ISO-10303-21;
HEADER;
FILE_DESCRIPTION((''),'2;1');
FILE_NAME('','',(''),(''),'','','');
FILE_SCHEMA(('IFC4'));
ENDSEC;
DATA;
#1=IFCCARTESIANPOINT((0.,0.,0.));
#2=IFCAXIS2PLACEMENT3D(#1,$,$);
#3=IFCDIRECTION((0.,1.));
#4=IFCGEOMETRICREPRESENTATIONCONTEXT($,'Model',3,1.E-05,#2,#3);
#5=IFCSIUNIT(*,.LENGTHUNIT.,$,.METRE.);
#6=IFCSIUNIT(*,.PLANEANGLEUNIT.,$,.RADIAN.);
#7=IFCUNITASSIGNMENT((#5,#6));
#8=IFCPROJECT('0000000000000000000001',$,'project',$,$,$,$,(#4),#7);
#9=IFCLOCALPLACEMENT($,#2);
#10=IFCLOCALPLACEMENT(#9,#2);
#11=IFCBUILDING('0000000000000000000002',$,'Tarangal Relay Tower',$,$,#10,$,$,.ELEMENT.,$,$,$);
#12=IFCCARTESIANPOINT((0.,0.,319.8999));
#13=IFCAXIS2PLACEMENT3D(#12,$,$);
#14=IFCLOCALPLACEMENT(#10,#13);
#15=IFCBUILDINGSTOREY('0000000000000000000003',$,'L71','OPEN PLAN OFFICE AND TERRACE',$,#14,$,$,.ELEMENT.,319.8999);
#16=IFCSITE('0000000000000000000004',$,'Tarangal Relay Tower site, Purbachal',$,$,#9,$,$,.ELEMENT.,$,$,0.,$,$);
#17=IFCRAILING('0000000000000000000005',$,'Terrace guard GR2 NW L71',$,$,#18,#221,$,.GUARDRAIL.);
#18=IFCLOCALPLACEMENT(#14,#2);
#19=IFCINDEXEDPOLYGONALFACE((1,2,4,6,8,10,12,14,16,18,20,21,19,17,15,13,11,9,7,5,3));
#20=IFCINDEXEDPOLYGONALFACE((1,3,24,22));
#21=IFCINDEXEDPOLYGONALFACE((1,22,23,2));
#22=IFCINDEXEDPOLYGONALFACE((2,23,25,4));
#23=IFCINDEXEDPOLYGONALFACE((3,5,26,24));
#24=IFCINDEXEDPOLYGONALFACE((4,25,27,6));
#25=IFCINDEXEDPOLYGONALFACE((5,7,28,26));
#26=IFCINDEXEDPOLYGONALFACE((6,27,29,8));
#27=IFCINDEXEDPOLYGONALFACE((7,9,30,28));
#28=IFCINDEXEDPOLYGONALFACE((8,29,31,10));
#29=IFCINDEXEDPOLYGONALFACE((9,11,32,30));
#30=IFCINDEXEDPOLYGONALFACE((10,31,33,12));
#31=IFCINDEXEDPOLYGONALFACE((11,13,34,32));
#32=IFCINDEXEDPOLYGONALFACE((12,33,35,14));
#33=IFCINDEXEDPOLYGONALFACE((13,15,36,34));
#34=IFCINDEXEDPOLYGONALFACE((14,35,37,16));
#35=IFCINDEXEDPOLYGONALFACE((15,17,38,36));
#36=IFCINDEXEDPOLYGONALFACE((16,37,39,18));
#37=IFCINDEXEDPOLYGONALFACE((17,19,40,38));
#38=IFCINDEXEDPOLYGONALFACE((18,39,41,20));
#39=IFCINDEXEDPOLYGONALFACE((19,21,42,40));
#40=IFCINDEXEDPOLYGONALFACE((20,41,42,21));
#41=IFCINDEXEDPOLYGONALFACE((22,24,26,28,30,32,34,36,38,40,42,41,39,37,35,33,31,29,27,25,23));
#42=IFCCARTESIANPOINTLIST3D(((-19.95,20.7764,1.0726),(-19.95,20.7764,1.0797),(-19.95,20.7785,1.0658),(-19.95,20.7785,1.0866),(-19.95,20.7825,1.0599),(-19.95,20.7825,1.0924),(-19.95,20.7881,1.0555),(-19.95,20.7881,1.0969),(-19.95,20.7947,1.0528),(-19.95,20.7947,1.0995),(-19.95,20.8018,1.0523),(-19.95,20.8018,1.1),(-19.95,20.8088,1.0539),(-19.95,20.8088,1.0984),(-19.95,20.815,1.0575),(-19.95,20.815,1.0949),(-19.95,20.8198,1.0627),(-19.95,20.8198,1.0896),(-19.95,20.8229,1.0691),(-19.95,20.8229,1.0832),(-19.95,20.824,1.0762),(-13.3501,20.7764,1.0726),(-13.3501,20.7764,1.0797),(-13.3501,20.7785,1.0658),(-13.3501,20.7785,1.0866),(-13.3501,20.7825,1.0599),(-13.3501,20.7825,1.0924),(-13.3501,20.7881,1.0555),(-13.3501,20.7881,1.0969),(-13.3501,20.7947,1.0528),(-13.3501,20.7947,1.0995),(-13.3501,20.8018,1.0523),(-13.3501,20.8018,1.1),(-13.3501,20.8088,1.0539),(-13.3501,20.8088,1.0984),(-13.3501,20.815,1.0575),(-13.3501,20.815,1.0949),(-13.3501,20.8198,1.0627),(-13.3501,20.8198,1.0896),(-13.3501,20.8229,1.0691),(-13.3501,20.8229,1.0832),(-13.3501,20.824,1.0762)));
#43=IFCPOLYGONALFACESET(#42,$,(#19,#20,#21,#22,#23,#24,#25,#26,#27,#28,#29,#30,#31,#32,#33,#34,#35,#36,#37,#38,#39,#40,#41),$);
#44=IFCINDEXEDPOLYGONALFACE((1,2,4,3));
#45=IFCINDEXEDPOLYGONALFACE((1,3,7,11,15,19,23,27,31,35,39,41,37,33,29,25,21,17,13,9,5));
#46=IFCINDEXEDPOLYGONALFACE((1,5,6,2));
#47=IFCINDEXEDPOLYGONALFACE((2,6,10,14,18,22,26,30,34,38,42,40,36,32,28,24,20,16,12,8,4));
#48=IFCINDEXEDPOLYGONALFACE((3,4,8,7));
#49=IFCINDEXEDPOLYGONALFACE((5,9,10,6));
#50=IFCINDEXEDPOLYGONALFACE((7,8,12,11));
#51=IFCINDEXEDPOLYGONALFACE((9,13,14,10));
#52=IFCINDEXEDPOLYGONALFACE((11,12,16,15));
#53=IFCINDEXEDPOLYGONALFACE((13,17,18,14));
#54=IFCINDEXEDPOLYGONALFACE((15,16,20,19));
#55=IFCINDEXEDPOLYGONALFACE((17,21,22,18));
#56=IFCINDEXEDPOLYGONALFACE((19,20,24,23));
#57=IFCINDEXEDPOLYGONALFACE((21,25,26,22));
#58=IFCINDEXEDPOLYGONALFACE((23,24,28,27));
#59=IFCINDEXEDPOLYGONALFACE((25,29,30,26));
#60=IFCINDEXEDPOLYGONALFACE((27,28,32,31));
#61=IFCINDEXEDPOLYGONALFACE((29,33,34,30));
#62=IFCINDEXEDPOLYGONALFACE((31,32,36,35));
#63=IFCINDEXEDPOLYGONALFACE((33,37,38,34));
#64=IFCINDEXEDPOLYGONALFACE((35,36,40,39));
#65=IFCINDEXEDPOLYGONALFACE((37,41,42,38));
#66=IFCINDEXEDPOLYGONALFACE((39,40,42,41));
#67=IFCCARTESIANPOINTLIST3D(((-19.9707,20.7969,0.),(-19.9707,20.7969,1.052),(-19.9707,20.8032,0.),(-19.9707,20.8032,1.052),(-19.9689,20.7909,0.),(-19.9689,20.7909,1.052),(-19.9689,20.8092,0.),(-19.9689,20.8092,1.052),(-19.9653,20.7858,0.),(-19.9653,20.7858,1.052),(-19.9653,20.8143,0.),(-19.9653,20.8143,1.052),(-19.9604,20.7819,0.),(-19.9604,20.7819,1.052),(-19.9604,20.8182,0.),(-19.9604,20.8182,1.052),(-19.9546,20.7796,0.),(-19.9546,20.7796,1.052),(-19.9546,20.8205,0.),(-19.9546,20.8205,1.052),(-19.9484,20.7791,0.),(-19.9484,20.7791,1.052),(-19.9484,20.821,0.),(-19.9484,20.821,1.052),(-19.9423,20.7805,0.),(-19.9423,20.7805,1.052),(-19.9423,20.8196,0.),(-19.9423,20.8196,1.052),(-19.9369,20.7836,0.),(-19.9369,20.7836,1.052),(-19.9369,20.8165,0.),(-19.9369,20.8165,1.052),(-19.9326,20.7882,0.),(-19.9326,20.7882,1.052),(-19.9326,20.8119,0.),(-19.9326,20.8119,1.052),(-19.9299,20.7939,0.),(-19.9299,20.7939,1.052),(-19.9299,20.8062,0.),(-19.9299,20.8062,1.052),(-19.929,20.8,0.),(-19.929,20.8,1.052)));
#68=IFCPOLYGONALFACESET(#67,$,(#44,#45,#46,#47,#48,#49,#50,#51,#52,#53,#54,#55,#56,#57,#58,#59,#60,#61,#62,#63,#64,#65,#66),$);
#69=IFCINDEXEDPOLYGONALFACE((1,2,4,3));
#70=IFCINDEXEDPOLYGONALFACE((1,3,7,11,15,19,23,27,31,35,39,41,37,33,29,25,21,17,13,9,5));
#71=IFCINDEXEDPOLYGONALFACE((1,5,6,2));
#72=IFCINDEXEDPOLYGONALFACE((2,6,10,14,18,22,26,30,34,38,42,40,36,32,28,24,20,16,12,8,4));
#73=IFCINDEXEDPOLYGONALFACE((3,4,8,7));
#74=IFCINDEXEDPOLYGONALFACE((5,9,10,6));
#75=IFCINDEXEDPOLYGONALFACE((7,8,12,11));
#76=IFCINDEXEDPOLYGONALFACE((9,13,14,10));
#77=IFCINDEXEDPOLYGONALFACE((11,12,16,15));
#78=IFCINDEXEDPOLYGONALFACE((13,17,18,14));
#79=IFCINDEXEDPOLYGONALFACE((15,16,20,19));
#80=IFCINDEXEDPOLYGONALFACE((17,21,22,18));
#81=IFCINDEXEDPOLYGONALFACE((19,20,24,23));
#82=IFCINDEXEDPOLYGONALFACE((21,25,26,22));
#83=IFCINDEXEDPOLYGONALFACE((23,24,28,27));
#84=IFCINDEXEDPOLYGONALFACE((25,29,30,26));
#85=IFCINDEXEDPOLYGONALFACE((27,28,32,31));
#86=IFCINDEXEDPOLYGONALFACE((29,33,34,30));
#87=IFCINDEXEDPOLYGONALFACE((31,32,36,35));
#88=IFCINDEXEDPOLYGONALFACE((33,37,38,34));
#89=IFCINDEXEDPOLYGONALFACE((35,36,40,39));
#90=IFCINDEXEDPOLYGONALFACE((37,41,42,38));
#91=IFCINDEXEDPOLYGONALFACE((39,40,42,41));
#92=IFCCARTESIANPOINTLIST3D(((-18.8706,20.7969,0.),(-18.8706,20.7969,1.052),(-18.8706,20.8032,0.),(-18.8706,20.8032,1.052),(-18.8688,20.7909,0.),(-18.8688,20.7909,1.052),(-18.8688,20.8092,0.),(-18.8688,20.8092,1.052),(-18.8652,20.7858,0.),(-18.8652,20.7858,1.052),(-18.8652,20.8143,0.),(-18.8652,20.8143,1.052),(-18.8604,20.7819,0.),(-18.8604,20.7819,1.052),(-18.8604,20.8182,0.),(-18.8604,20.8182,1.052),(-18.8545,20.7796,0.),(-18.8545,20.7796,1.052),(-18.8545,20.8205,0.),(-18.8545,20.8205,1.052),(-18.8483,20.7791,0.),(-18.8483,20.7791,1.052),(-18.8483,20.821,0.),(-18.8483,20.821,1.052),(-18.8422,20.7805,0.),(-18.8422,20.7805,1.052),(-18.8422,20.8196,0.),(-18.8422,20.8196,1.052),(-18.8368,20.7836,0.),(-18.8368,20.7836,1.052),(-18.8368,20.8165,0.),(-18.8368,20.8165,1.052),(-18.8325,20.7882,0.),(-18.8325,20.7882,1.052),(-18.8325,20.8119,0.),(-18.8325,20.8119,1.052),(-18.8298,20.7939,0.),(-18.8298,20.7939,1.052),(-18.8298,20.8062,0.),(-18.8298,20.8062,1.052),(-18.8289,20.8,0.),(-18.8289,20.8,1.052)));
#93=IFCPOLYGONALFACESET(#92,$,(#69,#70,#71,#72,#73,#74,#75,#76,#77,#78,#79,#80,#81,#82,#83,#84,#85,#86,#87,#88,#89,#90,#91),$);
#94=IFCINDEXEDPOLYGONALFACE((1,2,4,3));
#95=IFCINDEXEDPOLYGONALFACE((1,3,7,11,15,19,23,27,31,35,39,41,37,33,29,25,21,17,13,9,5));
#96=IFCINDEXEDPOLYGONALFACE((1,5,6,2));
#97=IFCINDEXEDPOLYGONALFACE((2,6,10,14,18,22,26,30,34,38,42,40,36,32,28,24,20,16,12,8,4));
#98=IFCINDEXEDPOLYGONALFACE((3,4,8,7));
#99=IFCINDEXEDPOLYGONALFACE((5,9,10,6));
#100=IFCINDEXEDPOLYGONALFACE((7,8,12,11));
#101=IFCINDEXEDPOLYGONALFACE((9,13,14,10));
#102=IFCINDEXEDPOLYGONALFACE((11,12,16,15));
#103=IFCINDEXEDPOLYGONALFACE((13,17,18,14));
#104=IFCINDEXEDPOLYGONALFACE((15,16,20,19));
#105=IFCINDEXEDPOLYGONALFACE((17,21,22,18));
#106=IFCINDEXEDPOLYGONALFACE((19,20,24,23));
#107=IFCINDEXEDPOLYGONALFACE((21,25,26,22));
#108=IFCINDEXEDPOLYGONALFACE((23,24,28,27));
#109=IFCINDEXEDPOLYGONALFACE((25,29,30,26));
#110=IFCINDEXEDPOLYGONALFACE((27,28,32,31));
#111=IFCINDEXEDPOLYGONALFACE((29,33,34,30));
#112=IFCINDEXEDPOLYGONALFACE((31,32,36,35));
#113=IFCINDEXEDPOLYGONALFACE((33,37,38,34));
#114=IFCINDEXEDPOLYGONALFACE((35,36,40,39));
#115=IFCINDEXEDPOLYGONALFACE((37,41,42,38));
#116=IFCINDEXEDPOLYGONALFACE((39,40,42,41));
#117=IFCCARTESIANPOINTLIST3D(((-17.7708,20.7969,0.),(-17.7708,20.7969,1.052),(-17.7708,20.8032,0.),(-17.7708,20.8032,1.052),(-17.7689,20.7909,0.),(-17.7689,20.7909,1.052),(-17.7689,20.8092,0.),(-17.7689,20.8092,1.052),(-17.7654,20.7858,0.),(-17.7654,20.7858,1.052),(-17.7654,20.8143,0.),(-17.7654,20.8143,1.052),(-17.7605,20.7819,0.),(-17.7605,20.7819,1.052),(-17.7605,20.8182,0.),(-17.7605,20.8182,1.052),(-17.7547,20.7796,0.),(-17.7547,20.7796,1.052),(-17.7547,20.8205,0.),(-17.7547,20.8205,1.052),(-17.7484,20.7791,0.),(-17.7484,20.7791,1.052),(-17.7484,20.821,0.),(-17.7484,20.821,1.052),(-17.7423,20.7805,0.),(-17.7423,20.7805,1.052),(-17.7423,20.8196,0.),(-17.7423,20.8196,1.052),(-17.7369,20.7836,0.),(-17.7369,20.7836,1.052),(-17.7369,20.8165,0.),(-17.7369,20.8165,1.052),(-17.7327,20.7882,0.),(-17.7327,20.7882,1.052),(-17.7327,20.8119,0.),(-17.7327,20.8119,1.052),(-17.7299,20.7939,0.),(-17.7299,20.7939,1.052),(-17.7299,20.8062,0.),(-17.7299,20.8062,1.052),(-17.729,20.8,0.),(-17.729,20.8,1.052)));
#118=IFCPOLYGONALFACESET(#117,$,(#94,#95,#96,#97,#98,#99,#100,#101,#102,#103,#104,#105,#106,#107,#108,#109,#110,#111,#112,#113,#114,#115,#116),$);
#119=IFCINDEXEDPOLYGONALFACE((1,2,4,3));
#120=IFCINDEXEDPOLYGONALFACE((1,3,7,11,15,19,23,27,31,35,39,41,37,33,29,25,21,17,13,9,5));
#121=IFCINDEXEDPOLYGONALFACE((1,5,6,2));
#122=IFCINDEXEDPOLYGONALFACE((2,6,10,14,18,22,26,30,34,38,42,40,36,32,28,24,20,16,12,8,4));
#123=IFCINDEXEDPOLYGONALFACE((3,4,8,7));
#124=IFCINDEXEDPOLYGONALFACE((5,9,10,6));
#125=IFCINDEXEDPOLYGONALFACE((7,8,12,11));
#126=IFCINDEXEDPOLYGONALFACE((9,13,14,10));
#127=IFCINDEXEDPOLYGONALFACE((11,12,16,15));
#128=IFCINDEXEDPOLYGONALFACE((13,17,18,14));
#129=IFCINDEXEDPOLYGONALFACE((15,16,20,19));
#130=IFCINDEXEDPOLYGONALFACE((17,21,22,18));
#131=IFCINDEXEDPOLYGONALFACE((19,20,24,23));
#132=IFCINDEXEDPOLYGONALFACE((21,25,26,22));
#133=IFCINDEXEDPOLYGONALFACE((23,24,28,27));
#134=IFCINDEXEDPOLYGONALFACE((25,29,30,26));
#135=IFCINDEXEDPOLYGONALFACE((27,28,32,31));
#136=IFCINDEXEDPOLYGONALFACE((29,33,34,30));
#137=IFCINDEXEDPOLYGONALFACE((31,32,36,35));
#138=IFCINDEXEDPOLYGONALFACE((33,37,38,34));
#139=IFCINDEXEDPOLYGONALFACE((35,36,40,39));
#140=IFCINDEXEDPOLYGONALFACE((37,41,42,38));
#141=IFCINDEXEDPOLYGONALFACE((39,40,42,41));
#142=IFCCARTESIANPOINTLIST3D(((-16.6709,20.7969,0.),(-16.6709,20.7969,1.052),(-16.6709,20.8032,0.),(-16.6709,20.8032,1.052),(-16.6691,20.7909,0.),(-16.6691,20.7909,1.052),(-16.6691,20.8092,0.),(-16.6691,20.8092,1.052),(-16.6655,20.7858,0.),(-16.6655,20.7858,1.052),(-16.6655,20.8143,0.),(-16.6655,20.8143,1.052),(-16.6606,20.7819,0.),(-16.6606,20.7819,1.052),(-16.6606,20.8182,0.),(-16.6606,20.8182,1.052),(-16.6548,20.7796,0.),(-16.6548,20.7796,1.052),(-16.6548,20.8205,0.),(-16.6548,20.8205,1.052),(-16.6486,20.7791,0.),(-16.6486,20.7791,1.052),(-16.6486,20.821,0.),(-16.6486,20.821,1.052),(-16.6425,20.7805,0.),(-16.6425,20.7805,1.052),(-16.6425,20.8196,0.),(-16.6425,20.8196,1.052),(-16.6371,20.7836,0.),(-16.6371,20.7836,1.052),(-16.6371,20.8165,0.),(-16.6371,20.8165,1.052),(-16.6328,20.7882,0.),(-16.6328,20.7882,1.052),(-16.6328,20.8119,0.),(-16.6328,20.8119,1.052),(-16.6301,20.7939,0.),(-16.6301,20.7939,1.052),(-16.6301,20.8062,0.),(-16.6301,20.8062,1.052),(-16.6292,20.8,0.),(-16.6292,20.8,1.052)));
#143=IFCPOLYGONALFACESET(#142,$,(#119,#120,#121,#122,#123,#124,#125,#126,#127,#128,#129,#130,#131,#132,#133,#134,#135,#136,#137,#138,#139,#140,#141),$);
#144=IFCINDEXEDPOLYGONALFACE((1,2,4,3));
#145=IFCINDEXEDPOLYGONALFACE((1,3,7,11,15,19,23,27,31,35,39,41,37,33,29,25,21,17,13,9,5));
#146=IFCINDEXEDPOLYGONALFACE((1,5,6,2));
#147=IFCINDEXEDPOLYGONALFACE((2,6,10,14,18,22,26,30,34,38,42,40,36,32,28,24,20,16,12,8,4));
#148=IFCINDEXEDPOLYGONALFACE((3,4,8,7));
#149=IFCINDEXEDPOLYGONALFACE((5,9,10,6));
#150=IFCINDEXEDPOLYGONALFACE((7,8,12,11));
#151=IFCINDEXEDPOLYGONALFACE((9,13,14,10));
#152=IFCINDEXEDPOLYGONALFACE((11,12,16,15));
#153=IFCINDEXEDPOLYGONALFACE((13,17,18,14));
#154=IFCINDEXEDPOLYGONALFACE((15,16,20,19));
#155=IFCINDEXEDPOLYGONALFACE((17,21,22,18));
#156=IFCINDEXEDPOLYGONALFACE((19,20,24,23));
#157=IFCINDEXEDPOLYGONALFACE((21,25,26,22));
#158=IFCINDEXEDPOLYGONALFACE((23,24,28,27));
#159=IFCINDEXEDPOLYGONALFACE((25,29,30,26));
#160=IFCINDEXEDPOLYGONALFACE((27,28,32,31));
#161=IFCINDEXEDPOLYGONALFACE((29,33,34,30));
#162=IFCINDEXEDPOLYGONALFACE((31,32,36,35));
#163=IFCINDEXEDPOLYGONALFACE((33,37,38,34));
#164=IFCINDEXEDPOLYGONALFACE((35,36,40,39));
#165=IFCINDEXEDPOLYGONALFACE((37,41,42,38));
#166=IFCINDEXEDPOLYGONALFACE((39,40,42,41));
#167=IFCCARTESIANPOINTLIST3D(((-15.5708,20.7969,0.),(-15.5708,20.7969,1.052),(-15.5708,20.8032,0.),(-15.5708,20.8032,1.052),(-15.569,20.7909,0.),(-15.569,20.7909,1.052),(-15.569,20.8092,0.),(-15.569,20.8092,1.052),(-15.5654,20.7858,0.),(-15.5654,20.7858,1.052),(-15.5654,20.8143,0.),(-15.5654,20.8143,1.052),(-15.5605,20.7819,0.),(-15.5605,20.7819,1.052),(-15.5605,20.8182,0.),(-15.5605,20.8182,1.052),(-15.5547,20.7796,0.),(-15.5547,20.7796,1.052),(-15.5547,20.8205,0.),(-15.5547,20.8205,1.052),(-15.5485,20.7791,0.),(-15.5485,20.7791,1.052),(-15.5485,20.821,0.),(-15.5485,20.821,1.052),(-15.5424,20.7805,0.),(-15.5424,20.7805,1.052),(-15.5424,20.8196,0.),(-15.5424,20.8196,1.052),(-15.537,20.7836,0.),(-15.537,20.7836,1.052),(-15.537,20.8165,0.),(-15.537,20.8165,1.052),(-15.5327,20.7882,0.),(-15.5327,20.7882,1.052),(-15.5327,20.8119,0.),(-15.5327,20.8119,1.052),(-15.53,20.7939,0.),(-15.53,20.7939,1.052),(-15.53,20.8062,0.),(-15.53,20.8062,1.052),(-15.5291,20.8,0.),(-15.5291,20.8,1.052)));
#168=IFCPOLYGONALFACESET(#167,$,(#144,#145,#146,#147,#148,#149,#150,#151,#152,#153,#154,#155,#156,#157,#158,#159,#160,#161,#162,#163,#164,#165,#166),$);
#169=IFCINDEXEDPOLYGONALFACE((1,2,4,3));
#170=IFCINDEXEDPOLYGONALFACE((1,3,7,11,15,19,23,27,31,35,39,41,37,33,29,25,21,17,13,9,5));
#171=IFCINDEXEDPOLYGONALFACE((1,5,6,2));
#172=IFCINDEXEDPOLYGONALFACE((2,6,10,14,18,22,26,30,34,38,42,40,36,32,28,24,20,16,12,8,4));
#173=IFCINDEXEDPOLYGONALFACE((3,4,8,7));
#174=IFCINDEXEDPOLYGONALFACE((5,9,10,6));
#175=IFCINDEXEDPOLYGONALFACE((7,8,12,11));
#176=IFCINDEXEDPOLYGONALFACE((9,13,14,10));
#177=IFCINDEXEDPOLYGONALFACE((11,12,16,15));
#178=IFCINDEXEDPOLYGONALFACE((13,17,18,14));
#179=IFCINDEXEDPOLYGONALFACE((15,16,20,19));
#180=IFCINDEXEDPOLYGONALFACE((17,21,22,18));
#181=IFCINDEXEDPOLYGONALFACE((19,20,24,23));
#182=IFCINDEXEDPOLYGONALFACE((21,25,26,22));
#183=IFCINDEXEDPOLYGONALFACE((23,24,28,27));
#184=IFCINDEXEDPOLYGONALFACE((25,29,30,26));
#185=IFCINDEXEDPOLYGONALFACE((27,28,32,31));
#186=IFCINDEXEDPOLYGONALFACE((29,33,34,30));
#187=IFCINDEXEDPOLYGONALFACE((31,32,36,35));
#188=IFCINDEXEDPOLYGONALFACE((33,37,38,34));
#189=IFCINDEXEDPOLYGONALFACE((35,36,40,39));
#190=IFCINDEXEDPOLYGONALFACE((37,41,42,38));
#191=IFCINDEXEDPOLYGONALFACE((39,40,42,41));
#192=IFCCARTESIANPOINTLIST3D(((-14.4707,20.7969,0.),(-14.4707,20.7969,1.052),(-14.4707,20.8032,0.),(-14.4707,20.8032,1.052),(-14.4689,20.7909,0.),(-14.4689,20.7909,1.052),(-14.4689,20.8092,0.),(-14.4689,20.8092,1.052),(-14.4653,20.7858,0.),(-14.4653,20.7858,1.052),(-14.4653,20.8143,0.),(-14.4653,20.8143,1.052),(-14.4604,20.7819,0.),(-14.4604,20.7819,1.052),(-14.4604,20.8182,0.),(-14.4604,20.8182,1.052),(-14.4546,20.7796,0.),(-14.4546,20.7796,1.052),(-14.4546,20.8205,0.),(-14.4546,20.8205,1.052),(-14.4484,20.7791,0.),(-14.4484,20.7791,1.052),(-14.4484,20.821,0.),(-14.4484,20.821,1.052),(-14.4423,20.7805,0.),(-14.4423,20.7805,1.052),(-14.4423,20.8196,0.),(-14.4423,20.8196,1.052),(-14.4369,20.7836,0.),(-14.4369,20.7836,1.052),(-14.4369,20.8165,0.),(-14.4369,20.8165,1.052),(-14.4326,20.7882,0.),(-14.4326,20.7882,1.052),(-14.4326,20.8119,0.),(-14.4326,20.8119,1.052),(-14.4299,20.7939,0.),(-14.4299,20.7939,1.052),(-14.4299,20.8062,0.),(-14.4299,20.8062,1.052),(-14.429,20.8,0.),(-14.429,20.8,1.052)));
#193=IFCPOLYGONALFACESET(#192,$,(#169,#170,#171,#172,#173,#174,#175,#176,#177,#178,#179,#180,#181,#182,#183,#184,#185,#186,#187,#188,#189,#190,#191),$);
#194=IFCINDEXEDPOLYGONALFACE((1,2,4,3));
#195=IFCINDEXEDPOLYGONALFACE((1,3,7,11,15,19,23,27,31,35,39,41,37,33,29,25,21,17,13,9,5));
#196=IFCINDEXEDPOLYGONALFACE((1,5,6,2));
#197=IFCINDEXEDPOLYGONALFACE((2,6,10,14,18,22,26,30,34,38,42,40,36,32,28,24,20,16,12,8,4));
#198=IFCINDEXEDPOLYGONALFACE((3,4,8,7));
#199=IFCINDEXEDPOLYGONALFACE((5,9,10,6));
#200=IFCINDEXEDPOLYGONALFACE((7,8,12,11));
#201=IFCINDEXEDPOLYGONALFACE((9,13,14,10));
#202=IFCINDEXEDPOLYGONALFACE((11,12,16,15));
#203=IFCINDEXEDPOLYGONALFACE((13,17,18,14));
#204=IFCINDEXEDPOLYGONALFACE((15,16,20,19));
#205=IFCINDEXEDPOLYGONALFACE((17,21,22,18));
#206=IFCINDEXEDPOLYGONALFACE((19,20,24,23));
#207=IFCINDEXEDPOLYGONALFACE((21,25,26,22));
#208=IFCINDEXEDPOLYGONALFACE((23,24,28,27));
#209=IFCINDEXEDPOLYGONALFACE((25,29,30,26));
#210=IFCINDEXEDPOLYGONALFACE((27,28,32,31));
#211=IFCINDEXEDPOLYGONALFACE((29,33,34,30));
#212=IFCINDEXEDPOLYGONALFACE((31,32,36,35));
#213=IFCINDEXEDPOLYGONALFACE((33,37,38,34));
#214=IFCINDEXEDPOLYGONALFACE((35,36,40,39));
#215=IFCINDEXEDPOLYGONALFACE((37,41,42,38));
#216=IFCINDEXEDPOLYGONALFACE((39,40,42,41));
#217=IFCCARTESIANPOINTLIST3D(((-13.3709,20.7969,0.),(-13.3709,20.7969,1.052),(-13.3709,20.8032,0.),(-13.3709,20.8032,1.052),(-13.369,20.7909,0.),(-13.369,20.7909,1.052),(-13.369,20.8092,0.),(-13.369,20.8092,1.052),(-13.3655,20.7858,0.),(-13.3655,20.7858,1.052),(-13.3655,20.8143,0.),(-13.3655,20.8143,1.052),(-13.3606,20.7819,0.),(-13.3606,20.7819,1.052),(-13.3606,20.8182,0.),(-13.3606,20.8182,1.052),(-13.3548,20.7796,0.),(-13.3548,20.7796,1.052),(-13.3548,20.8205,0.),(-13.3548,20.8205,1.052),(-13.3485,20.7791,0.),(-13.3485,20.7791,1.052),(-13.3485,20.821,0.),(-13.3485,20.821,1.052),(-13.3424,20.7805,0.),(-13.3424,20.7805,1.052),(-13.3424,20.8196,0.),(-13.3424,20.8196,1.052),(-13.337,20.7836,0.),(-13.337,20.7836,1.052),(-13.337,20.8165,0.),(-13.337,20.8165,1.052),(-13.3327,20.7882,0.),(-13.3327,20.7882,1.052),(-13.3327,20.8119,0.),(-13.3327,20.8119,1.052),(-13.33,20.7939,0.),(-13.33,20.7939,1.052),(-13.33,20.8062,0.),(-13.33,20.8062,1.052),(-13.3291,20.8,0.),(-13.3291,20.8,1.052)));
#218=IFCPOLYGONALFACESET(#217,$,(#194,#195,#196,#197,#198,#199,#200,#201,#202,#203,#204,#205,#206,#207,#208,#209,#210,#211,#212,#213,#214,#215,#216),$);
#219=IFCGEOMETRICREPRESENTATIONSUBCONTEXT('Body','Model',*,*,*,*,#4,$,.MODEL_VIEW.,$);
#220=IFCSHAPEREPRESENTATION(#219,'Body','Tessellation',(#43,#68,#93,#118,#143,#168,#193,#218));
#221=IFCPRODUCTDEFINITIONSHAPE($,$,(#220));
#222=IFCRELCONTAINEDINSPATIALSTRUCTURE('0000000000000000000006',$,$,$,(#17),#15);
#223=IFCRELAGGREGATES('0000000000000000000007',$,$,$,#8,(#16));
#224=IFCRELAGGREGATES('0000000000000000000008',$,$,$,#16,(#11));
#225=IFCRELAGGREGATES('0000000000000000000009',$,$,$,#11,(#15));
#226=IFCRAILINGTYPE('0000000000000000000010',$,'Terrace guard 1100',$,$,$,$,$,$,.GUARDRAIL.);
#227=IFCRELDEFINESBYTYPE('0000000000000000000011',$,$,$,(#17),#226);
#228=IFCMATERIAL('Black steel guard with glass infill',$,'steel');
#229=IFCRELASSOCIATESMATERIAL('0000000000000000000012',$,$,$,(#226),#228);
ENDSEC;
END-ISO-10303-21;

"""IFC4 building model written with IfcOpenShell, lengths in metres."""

from ifc_helpers import new_model, si_unit, direction, frame, origin, origin_2d, place, context, subcontext, project, spatial, circle, extrude, material, type_object, element, save


model = new_model("IFC4")

# Units and contexts
model_context = context("Model", 3, precision=1e-05, world=origin(), true_north=direction((0.0, 1.0)))
body_context = subcontext(model_context, "Body", "Model", "MODEL_VIEW")
ifc_project = project(units=[si_unit("LENGTHUNIT", "METRE"), si_unit("PLANEANGLEUNIT", "RADIAN")], contexts=[model_context])

# Site, building, storey
site_placement = place(None, origin())
site = spatial("IfcSite", under=ifc_project, at=site_placement, Name="Tarangal Relay Tower site, Purbachal", CompositionType="ELEMENT", RefElevation=0.0)
building_placement = place(site_placement, origin())
building = spatial("IfcBuilding", under=site, at=building_placement, Name="Tarangal Relay Tower", CompositionType="ELEMENT")
storey_placement = place(building_placement, frame((0.0, 0.0, 319.8999)))
storey = spatial("IfcBuildingStorey", under=building, at=storey_placement, Name="L71", Description="OPEN PLAN OFFICE AND TERRACE", CompositionType="ELEMENT", Elevation=319.8999)

# Railing
ifc_material_1 = material(Name="Black steel guard with glass infill", Category="steel")
railing_type = type_object("IfcRailingType", Name="Terrace guard 1100", PredefinedType="GUARDRAIL", material=ifc_material_1)
railing_1_placement = place(storey_placement, frame((-19.95, 20.8, 0.0)))
element("IfcRailing", 1, at=railing_1_placement, inside=storey, type_object=railing_type, Name="Terrace guard GR2 NW L71", PredefinedType="GUARDRAIL", context=body_context, shape_type="SweptSolid", body=[
    extrude(circle(Radius=0.0239, at=origin_2d()), frame((0.0, 0.0, 1.0762), z_axis=(1.0, 0.0, 0.0), x_axis=(0.0, 1.0, 0.0)), (0.0, 0.0, 1.0), 6.5999),
    extrude(circle(Radius=0.021, at=origin_2d()), origin(), (0.0, 0.0, 1.0), 1.052),
    extrude(circle(Radius=0.021, at=origin_2d()), frame((1.1001, 0.0, 0.0)), (0.0, 0.0, 1.0), 1.052),
    extrude(circle(Radius=0.021, at=origin_2d()), frame((2.2, 0.0, 0.0)), (0.0, 0.0, 1.0), 1.052),
    extrude(circle(Radius=0.021, at=origin_2d()), frame((3.2998, 0.0, 0.0)), (0.0, 0.0, 1.0), 1.052),
    extrude(circle(Radius=0.021, at=origin_2d()), frame((4.3999, 0.0, 0.0)), (0.0, 0.0, 1.0), 1.052),
    extrude(circle(Radius=0.021, at=origin_2d()), frame((5.5, 0.0, 0.0)), (0.0, 0.0, 1.0), 1.052),
    extrude(circle(Radius=0.021, at=origin_2d()), frame((6.5999, 0.0, 0.0)), (0.0, 0.0, 1.0), 1.052),
])

save(model, "model.ifc")
